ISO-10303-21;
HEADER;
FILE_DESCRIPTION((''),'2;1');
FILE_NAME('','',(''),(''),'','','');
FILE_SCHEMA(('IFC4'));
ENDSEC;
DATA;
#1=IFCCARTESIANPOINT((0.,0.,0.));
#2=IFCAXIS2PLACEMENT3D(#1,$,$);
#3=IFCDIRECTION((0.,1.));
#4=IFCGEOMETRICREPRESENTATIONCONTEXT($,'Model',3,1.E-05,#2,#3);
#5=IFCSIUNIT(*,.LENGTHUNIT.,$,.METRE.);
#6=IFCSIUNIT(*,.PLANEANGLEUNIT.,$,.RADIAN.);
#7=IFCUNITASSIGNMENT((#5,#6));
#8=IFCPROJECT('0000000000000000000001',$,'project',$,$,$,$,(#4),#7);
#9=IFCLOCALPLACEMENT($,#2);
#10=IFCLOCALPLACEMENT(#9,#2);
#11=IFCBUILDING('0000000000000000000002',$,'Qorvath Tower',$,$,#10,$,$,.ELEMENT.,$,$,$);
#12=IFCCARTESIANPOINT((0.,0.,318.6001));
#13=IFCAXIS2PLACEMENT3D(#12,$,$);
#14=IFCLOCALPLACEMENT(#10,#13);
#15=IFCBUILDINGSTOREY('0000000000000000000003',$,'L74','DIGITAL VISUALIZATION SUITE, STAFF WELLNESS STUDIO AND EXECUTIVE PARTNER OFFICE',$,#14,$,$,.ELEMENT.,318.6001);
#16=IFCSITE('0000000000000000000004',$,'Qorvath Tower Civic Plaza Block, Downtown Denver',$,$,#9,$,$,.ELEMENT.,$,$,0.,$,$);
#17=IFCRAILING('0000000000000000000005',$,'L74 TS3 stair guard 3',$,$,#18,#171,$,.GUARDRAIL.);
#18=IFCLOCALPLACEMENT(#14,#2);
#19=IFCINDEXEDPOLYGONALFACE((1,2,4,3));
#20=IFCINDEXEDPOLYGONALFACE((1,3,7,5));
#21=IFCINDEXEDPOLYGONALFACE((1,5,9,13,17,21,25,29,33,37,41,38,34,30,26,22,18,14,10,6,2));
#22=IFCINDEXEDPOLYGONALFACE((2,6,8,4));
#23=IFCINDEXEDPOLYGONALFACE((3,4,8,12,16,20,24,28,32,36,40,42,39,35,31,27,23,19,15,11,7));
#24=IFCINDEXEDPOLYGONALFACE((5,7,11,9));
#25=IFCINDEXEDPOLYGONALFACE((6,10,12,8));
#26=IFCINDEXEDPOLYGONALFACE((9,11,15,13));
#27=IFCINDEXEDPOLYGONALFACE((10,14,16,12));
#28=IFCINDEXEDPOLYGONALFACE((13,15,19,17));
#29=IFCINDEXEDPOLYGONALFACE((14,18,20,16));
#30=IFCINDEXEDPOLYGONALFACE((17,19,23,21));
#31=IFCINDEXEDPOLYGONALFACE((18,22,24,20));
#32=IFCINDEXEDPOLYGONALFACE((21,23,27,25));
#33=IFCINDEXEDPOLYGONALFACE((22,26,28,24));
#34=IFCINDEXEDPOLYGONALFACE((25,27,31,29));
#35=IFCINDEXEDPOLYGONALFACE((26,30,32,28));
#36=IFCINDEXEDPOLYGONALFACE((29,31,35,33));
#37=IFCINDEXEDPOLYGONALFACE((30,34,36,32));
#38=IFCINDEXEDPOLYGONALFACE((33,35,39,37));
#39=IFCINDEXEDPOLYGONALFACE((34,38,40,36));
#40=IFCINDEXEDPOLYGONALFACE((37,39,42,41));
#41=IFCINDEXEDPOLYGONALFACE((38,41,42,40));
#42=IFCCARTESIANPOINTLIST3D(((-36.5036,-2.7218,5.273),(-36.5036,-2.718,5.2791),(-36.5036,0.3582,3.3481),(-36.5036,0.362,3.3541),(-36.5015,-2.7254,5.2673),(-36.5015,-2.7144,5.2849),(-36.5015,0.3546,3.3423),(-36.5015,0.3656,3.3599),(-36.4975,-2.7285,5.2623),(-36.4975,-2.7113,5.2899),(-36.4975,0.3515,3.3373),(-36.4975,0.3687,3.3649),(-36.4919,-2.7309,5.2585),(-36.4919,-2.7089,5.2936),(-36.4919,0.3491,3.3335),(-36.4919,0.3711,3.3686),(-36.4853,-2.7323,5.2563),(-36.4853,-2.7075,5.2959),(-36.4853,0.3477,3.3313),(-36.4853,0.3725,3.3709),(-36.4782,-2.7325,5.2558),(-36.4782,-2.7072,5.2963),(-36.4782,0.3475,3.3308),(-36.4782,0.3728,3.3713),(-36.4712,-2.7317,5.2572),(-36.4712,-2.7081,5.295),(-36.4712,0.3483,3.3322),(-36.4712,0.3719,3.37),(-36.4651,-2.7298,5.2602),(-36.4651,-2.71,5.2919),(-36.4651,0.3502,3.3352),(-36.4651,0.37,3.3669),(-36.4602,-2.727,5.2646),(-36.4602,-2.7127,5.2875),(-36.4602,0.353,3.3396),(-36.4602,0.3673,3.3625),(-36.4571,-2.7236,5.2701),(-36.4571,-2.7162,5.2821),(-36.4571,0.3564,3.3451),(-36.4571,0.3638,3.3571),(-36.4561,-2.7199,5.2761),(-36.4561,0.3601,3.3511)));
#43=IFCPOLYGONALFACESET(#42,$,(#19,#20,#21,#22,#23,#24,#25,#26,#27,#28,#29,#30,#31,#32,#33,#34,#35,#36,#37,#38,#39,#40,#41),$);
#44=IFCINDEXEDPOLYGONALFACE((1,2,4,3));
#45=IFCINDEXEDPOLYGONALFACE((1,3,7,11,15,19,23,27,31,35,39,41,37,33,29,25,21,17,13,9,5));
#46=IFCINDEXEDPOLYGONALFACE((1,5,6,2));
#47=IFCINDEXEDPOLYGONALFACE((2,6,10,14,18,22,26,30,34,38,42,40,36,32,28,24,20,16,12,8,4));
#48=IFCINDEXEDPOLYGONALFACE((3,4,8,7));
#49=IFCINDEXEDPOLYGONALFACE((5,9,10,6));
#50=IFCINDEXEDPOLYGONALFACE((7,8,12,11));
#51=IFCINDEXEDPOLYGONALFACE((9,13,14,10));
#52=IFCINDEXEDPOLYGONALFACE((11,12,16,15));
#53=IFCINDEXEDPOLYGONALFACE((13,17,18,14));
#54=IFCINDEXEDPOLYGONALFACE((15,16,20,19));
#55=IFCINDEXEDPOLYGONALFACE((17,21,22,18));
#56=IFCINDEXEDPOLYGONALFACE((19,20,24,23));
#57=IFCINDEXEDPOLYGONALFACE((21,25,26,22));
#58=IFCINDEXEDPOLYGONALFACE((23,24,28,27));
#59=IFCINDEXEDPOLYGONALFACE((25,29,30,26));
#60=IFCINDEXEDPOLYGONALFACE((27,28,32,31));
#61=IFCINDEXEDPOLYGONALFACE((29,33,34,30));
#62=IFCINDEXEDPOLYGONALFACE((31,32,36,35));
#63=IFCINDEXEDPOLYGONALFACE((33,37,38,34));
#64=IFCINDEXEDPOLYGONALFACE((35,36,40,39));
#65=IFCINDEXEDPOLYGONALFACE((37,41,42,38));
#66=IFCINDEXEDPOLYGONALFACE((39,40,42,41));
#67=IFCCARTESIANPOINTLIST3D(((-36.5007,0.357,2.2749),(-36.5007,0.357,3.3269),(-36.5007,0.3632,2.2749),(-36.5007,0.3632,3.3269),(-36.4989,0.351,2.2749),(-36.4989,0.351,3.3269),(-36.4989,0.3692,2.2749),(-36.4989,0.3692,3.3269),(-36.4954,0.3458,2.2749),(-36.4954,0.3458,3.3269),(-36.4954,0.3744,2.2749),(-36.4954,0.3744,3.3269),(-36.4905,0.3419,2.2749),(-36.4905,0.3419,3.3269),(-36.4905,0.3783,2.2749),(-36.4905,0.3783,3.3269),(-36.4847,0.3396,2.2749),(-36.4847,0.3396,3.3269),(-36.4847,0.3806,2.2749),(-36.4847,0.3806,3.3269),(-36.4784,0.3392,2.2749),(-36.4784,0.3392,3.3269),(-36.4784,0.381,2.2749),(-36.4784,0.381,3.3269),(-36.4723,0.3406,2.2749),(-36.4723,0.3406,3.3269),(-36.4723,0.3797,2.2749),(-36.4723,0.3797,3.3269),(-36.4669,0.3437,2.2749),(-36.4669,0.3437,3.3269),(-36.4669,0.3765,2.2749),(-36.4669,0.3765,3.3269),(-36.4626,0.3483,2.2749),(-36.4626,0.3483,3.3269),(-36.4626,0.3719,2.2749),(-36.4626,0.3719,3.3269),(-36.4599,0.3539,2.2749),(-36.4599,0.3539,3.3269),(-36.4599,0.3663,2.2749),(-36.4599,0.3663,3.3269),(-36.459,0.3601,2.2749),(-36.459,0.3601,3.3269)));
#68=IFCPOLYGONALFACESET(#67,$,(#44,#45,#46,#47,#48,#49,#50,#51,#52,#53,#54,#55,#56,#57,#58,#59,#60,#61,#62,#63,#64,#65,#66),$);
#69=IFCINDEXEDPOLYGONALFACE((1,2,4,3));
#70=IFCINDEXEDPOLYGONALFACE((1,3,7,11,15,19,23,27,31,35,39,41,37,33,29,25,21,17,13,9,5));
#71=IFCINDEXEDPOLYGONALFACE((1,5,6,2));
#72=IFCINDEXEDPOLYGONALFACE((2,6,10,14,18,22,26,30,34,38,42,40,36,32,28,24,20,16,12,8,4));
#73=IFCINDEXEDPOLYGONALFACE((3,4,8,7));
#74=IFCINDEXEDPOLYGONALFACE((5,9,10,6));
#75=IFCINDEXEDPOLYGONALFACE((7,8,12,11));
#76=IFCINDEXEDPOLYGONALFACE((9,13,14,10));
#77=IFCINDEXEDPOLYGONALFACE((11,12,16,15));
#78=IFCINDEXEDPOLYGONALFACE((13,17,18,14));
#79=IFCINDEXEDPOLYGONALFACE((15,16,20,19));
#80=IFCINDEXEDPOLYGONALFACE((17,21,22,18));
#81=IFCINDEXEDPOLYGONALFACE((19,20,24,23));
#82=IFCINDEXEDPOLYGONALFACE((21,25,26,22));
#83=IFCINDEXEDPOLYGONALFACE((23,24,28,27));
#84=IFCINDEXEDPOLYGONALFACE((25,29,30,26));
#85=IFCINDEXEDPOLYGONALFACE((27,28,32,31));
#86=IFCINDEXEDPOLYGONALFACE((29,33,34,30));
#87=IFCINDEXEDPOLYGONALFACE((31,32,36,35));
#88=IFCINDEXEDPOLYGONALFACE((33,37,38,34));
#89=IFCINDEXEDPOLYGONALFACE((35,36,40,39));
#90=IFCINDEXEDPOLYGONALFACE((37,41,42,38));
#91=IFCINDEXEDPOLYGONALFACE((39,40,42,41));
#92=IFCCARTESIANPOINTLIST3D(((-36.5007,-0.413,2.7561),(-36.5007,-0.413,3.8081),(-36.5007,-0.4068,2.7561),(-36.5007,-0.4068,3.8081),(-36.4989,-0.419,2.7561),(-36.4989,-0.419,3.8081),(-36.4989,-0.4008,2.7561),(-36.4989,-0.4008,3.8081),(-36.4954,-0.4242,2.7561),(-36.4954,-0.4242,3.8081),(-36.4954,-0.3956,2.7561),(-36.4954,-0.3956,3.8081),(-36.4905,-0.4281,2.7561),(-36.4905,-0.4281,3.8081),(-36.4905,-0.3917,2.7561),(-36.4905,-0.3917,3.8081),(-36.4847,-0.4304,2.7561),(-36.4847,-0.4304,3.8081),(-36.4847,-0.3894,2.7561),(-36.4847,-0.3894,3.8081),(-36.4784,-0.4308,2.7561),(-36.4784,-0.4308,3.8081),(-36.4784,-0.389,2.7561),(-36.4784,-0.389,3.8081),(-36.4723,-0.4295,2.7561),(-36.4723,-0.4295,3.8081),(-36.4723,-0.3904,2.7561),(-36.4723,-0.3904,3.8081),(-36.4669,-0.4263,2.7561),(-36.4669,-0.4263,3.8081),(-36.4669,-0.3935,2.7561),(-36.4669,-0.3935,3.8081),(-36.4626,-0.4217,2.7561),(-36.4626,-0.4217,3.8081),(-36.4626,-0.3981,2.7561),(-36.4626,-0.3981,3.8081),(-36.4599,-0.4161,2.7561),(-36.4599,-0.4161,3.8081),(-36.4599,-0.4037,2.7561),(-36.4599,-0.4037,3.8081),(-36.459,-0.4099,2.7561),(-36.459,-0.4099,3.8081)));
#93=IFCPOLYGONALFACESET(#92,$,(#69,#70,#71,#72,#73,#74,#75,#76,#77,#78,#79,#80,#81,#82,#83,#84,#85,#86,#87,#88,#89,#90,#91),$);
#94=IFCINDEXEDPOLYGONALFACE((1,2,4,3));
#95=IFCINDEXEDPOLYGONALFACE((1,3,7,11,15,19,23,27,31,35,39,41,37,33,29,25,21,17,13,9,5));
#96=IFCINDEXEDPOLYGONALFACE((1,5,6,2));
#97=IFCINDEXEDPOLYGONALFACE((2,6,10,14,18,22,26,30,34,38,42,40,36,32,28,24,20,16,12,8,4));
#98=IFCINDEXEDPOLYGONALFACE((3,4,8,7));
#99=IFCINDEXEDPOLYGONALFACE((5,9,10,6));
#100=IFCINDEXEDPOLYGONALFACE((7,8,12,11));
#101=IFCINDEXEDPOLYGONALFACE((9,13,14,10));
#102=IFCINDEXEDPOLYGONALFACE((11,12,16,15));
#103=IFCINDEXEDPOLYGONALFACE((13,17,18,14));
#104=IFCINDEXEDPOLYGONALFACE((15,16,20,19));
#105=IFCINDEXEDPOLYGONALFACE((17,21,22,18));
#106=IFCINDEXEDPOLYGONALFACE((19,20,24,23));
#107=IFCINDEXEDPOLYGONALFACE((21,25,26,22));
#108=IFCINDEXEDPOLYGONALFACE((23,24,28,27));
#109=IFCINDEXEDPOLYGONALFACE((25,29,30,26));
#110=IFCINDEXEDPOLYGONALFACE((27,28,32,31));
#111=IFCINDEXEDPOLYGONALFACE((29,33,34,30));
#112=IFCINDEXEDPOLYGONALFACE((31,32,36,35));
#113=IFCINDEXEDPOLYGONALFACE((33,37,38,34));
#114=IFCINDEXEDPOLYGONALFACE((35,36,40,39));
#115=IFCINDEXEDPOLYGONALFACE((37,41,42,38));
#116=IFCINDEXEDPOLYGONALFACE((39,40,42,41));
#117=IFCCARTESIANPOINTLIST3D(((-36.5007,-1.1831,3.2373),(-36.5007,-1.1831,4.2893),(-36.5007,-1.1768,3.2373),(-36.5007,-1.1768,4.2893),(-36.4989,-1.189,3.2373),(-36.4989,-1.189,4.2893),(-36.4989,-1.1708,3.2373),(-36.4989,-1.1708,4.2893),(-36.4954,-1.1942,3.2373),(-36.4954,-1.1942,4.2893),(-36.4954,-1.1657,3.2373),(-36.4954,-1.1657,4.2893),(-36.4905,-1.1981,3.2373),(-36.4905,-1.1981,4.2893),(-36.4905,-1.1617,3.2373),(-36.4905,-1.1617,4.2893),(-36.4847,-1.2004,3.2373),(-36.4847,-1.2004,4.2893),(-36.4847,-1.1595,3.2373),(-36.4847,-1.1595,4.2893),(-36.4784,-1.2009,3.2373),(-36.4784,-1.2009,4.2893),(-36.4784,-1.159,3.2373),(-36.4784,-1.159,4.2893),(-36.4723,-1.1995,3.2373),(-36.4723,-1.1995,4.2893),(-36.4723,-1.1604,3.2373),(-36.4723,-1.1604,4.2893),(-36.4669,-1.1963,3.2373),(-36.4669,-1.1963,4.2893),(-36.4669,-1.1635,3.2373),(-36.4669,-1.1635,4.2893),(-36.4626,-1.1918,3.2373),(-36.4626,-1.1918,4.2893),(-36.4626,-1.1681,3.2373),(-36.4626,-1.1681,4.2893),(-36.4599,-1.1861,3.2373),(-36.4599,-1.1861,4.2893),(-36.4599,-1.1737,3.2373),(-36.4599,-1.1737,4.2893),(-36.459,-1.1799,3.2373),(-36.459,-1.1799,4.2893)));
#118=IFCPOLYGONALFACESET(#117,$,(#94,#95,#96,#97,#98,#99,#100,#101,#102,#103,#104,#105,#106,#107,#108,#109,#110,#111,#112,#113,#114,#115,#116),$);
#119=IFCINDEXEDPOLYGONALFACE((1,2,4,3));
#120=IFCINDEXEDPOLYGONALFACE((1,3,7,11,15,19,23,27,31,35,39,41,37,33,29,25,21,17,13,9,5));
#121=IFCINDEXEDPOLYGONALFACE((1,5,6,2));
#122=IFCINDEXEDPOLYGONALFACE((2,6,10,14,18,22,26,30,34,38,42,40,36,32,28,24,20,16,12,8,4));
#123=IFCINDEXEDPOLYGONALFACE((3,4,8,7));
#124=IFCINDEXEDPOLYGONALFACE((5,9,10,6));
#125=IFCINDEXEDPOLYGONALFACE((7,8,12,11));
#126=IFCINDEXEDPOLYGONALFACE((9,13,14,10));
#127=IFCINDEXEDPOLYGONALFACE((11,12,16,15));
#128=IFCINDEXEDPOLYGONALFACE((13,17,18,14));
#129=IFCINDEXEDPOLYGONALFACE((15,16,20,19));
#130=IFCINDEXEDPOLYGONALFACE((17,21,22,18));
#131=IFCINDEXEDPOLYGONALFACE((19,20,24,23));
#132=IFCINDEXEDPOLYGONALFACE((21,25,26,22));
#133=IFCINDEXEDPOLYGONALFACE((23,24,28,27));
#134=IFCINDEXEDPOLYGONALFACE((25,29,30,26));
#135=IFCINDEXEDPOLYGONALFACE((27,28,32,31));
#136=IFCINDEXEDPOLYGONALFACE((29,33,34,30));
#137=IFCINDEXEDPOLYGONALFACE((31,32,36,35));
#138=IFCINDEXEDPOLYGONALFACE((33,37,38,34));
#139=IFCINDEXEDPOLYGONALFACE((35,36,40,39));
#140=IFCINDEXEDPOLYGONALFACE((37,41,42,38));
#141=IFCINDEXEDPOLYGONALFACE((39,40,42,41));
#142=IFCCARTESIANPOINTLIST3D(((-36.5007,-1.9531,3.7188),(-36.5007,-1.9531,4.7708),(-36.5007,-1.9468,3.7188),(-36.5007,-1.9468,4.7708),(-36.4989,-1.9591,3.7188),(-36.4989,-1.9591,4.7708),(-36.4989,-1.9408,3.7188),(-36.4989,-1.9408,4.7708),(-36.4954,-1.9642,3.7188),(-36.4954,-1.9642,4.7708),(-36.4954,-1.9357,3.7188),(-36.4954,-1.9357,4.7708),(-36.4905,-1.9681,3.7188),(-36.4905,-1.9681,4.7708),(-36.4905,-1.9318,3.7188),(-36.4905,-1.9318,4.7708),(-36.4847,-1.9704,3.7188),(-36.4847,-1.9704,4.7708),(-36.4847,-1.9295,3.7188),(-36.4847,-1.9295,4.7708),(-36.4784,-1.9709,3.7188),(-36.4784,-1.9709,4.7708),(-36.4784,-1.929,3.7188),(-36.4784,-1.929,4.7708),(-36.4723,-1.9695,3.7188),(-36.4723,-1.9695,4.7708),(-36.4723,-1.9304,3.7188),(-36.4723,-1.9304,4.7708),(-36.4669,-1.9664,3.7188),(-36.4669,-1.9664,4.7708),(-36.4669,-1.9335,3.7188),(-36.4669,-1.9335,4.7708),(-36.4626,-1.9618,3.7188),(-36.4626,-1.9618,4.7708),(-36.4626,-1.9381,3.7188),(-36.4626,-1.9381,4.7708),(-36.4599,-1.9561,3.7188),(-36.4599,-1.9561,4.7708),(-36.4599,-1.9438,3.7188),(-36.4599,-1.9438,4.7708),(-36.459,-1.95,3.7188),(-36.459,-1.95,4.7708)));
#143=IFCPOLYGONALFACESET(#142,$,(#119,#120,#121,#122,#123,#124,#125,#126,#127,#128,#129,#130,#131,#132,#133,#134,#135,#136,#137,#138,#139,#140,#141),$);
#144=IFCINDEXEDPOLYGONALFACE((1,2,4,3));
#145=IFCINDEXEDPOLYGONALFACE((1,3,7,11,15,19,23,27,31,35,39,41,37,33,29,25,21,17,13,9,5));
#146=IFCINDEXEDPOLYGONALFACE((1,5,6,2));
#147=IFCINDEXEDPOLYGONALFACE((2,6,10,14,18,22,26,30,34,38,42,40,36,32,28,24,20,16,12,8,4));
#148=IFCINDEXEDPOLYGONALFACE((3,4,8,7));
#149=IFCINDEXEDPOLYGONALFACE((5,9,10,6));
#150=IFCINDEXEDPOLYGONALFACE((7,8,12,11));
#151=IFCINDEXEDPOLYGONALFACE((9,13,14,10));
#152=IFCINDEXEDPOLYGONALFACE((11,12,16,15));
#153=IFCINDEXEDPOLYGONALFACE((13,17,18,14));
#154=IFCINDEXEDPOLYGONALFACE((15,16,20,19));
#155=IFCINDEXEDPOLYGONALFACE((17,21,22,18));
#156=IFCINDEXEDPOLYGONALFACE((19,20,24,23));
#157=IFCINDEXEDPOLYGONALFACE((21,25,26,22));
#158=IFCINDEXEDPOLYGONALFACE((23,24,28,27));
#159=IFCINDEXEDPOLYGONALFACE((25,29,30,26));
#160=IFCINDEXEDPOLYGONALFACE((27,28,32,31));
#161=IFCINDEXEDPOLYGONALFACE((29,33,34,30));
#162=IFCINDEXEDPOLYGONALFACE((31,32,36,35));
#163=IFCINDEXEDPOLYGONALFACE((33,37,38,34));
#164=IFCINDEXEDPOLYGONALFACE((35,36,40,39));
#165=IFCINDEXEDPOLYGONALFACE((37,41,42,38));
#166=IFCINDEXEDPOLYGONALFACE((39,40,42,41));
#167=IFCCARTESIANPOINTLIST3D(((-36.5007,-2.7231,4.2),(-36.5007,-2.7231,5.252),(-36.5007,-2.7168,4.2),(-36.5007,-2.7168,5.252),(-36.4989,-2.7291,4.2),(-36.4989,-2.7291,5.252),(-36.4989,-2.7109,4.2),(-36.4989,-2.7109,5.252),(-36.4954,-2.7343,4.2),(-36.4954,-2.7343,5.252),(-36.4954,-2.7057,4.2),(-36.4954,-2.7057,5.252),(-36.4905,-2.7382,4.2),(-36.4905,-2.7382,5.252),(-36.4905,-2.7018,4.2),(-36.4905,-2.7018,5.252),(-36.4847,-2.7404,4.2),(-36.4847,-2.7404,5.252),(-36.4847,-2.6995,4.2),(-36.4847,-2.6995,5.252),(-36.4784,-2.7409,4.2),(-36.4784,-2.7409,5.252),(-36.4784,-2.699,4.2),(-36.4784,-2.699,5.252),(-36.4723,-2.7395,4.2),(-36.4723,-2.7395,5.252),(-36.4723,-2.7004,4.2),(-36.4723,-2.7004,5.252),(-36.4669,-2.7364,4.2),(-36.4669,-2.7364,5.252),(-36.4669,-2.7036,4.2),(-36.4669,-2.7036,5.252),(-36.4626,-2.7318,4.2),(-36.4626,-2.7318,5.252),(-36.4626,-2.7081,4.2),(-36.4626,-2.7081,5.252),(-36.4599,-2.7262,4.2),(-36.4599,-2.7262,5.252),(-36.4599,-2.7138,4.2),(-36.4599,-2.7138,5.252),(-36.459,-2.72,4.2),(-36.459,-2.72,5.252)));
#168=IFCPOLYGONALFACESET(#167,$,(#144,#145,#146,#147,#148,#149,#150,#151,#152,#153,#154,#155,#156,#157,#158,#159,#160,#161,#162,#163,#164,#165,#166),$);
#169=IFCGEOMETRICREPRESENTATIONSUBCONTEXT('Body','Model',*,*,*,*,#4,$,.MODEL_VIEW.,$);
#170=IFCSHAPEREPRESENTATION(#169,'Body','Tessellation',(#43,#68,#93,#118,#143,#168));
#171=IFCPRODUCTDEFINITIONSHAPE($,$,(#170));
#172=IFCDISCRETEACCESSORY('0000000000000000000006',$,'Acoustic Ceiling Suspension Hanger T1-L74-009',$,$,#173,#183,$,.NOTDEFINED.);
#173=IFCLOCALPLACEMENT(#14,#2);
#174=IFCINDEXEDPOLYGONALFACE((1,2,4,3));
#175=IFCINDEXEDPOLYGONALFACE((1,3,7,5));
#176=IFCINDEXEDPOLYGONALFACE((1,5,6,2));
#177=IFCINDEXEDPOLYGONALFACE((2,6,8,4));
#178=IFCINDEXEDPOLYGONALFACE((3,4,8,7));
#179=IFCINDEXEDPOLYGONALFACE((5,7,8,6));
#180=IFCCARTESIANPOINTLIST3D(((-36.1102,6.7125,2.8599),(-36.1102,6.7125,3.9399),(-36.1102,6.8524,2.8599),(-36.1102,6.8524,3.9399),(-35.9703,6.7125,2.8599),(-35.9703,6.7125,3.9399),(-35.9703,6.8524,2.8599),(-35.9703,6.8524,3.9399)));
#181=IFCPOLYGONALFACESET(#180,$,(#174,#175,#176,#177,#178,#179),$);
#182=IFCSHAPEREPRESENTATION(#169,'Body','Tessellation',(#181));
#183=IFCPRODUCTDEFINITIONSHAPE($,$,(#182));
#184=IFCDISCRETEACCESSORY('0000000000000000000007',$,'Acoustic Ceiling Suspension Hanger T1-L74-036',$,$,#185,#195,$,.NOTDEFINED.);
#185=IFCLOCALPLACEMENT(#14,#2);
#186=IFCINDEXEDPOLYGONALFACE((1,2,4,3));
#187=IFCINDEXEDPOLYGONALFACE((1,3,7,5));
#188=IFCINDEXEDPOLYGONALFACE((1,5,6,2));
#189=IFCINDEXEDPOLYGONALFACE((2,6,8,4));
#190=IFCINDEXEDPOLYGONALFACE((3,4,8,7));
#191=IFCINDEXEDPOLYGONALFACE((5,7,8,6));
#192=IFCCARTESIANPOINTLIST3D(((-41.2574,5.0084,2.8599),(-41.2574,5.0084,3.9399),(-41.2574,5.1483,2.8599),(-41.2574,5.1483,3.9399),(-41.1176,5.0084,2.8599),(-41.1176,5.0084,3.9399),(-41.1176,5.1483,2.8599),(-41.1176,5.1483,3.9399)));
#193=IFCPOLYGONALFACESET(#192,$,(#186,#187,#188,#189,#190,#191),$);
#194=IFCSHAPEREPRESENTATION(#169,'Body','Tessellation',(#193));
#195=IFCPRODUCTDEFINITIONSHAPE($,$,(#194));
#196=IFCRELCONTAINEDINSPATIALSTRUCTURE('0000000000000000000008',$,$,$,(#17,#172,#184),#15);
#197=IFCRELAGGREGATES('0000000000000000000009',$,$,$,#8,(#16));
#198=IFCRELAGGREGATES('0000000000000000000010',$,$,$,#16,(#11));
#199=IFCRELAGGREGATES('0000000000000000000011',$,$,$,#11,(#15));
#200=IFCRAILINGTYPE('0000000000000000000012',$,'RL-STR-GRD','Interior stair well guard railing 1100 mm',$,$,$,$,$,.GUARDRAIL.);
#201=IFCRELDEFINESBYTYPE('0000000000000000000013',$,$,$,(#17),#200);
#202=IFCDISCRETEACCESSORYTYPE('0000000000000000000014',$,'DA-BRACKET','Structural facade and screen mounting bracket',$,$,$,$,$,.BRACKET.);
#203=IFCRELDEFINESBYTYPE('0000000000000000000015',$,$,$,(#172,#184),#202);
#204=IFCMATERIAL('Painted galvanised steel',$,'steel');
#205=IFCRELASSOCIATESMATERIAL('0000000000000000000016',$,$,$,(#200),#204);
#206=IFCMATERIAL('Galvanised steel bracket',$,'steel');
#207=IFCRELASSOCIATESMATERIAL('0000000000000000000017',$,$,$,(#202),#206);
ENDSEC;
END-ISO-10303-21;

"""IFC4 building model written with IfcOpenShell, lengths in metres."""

from ifc_helpers import new_model, si_unit, direction, frame, origin, origin_2d, place, context, subcontext, project, spatial, rectangle, circle, extrude, material, type_object, element, save


model = new_model("IFC4")

# Units and contexts
model_context = context("Model", 3, precision=1e-05, world=origin(), true_north=direction((0.0, 1.0)))
body_context = subcontext(model_context, "Body", "Model", "MODEL_VIEW")
ifc_project = project(units=[si_unit("LENGTHUNIT", "METRE"), si_unit("PLANEANGLEUNIT", "RADIAN")], contexts=[model_context])

# Site, building, storey
site_placement = place(None, origin())
site = spatial("IfcSite", under=ifc_project, at=site_placement, Name="Qorvath Tower Civic Plaza Block, Downtown Denver", CompositionType="ELEMENT", RefElevation=0.0)
building_placement = place(site_placement, origin())
building = spatial("IfcBuilding", under=site, at=building_placement, Name="Qorvath Tower", CompositionType="ELEMENT")
storey_placement = place(building_placement, frame((0.0, 0.0, 318.6001)))
storey = spatial("IfcBuildingStorey", under=building, at=storey_placement, Name="L74", Description="DIGITAL VISUALIZATION SUITE, STAFF WELLNESS STUDIO AND EXECUTIVE PARTNER OFFICE", CompositionType="ELEMENT", Elevation=318.6001)

# Railing
ifc_material_1 = material(Name="Painted galvanised steel", Category="steel")
railing_type = type_object("IfcRailingType", Name="RL-STR-GRD", Description="Interior stair well guard railing 1100 mm", PredefinedType="GUARDRAIL", material=ifc_material_1)
railing_1_placement = place(storey_placement, frame((-36.48, 0.3601, 2.2749)))
element("IfcRailing", 1, at=railing_1_placement, inside=storey, type_object=railing_type, Name="L74 TS3 stair guard 3", PredefinedType="GUARDRAIL", context=body_context, shape_type="SweptSolid", body=[
    extrude(circle(Radius=0.0239, at=origin_2d()), frame((0.0, 0.0, 1.0762), z_axis=(0.0, -0.847998, 0.529999), x_axis=(1.0, 0.0, 0.0)), (0.0, 0.0, 1.0), 3.6321),
    extrude(circle(Radius=0.021, at=origin_2d()), origin(), (0.0, 0.0, 1.0), 1.052),
    extrude(circle(Radius=0.021, at=origin_2d()), frame((0.0, -0.77, 0.4812)), (0.0, 0.0, 1.0), 1.052),
    extrude(circle(Radius=0.021, at=origin_2d()), frame((0.0, -1.54, 0.9624)), (0.0, 0.0, 1.0), 1.052),
    extrude(circle(Radius=0.021, at=origin_2d()), frame((0.0, -2.3101, 1.4438)), (0.0, 0.0, 1.0), 1.052),
    extrude(circle(Radius=0.021, at=origin_2d()), frame((0.0, -3.0801, 1.925)), (0.0, 0.0, 1.0), 1.052),
])

# Discrete accessories
ifc_material_2 = material(Name="Galvanised steel bracket", Category="steel")
discrete_accessory_type = type_object("IfcDiscreteAccessoryType", Name="DA-BRACKET", Description="Structural facade and screen mounting bracket", PredefinedType="BRACKET", material=ifc_material_2)
for number, where, z_axis, x_axis, name in (
    (2, (-36.0403, 6.7825, 2.8599), (0.0, 0.0, 1.0), (1.0, 0.0, 0.0), "Acoustic Ceiling Suspension Hanger T1-L74-009"),
    (3, (-41.1875, 5.0784, 2.8599), (0.0, 0.0, 1.0), (1.0, 0.0, 0.0), "Acoustic Ceiling Suspension Hanger T1-L74-036"),
):
    element("IfcDiscreteAccessory", number, at=place(storey_placement, frame(where, z_axis=z_axis, x_axis=x_axis)), inside=storey, type_object=discrete_accessory_type, Name=name, PredefinedType="NOTDEFINED", context=body_context, shape_type="SweptSolid", body=[
        extrude(rectangle(XDim=0.1399, YDim=0.1399, at=origin_2d()), origin(), (0.0, 0.0, 1.0), 1.0801),
    ])

save(model, "model.ifc")
